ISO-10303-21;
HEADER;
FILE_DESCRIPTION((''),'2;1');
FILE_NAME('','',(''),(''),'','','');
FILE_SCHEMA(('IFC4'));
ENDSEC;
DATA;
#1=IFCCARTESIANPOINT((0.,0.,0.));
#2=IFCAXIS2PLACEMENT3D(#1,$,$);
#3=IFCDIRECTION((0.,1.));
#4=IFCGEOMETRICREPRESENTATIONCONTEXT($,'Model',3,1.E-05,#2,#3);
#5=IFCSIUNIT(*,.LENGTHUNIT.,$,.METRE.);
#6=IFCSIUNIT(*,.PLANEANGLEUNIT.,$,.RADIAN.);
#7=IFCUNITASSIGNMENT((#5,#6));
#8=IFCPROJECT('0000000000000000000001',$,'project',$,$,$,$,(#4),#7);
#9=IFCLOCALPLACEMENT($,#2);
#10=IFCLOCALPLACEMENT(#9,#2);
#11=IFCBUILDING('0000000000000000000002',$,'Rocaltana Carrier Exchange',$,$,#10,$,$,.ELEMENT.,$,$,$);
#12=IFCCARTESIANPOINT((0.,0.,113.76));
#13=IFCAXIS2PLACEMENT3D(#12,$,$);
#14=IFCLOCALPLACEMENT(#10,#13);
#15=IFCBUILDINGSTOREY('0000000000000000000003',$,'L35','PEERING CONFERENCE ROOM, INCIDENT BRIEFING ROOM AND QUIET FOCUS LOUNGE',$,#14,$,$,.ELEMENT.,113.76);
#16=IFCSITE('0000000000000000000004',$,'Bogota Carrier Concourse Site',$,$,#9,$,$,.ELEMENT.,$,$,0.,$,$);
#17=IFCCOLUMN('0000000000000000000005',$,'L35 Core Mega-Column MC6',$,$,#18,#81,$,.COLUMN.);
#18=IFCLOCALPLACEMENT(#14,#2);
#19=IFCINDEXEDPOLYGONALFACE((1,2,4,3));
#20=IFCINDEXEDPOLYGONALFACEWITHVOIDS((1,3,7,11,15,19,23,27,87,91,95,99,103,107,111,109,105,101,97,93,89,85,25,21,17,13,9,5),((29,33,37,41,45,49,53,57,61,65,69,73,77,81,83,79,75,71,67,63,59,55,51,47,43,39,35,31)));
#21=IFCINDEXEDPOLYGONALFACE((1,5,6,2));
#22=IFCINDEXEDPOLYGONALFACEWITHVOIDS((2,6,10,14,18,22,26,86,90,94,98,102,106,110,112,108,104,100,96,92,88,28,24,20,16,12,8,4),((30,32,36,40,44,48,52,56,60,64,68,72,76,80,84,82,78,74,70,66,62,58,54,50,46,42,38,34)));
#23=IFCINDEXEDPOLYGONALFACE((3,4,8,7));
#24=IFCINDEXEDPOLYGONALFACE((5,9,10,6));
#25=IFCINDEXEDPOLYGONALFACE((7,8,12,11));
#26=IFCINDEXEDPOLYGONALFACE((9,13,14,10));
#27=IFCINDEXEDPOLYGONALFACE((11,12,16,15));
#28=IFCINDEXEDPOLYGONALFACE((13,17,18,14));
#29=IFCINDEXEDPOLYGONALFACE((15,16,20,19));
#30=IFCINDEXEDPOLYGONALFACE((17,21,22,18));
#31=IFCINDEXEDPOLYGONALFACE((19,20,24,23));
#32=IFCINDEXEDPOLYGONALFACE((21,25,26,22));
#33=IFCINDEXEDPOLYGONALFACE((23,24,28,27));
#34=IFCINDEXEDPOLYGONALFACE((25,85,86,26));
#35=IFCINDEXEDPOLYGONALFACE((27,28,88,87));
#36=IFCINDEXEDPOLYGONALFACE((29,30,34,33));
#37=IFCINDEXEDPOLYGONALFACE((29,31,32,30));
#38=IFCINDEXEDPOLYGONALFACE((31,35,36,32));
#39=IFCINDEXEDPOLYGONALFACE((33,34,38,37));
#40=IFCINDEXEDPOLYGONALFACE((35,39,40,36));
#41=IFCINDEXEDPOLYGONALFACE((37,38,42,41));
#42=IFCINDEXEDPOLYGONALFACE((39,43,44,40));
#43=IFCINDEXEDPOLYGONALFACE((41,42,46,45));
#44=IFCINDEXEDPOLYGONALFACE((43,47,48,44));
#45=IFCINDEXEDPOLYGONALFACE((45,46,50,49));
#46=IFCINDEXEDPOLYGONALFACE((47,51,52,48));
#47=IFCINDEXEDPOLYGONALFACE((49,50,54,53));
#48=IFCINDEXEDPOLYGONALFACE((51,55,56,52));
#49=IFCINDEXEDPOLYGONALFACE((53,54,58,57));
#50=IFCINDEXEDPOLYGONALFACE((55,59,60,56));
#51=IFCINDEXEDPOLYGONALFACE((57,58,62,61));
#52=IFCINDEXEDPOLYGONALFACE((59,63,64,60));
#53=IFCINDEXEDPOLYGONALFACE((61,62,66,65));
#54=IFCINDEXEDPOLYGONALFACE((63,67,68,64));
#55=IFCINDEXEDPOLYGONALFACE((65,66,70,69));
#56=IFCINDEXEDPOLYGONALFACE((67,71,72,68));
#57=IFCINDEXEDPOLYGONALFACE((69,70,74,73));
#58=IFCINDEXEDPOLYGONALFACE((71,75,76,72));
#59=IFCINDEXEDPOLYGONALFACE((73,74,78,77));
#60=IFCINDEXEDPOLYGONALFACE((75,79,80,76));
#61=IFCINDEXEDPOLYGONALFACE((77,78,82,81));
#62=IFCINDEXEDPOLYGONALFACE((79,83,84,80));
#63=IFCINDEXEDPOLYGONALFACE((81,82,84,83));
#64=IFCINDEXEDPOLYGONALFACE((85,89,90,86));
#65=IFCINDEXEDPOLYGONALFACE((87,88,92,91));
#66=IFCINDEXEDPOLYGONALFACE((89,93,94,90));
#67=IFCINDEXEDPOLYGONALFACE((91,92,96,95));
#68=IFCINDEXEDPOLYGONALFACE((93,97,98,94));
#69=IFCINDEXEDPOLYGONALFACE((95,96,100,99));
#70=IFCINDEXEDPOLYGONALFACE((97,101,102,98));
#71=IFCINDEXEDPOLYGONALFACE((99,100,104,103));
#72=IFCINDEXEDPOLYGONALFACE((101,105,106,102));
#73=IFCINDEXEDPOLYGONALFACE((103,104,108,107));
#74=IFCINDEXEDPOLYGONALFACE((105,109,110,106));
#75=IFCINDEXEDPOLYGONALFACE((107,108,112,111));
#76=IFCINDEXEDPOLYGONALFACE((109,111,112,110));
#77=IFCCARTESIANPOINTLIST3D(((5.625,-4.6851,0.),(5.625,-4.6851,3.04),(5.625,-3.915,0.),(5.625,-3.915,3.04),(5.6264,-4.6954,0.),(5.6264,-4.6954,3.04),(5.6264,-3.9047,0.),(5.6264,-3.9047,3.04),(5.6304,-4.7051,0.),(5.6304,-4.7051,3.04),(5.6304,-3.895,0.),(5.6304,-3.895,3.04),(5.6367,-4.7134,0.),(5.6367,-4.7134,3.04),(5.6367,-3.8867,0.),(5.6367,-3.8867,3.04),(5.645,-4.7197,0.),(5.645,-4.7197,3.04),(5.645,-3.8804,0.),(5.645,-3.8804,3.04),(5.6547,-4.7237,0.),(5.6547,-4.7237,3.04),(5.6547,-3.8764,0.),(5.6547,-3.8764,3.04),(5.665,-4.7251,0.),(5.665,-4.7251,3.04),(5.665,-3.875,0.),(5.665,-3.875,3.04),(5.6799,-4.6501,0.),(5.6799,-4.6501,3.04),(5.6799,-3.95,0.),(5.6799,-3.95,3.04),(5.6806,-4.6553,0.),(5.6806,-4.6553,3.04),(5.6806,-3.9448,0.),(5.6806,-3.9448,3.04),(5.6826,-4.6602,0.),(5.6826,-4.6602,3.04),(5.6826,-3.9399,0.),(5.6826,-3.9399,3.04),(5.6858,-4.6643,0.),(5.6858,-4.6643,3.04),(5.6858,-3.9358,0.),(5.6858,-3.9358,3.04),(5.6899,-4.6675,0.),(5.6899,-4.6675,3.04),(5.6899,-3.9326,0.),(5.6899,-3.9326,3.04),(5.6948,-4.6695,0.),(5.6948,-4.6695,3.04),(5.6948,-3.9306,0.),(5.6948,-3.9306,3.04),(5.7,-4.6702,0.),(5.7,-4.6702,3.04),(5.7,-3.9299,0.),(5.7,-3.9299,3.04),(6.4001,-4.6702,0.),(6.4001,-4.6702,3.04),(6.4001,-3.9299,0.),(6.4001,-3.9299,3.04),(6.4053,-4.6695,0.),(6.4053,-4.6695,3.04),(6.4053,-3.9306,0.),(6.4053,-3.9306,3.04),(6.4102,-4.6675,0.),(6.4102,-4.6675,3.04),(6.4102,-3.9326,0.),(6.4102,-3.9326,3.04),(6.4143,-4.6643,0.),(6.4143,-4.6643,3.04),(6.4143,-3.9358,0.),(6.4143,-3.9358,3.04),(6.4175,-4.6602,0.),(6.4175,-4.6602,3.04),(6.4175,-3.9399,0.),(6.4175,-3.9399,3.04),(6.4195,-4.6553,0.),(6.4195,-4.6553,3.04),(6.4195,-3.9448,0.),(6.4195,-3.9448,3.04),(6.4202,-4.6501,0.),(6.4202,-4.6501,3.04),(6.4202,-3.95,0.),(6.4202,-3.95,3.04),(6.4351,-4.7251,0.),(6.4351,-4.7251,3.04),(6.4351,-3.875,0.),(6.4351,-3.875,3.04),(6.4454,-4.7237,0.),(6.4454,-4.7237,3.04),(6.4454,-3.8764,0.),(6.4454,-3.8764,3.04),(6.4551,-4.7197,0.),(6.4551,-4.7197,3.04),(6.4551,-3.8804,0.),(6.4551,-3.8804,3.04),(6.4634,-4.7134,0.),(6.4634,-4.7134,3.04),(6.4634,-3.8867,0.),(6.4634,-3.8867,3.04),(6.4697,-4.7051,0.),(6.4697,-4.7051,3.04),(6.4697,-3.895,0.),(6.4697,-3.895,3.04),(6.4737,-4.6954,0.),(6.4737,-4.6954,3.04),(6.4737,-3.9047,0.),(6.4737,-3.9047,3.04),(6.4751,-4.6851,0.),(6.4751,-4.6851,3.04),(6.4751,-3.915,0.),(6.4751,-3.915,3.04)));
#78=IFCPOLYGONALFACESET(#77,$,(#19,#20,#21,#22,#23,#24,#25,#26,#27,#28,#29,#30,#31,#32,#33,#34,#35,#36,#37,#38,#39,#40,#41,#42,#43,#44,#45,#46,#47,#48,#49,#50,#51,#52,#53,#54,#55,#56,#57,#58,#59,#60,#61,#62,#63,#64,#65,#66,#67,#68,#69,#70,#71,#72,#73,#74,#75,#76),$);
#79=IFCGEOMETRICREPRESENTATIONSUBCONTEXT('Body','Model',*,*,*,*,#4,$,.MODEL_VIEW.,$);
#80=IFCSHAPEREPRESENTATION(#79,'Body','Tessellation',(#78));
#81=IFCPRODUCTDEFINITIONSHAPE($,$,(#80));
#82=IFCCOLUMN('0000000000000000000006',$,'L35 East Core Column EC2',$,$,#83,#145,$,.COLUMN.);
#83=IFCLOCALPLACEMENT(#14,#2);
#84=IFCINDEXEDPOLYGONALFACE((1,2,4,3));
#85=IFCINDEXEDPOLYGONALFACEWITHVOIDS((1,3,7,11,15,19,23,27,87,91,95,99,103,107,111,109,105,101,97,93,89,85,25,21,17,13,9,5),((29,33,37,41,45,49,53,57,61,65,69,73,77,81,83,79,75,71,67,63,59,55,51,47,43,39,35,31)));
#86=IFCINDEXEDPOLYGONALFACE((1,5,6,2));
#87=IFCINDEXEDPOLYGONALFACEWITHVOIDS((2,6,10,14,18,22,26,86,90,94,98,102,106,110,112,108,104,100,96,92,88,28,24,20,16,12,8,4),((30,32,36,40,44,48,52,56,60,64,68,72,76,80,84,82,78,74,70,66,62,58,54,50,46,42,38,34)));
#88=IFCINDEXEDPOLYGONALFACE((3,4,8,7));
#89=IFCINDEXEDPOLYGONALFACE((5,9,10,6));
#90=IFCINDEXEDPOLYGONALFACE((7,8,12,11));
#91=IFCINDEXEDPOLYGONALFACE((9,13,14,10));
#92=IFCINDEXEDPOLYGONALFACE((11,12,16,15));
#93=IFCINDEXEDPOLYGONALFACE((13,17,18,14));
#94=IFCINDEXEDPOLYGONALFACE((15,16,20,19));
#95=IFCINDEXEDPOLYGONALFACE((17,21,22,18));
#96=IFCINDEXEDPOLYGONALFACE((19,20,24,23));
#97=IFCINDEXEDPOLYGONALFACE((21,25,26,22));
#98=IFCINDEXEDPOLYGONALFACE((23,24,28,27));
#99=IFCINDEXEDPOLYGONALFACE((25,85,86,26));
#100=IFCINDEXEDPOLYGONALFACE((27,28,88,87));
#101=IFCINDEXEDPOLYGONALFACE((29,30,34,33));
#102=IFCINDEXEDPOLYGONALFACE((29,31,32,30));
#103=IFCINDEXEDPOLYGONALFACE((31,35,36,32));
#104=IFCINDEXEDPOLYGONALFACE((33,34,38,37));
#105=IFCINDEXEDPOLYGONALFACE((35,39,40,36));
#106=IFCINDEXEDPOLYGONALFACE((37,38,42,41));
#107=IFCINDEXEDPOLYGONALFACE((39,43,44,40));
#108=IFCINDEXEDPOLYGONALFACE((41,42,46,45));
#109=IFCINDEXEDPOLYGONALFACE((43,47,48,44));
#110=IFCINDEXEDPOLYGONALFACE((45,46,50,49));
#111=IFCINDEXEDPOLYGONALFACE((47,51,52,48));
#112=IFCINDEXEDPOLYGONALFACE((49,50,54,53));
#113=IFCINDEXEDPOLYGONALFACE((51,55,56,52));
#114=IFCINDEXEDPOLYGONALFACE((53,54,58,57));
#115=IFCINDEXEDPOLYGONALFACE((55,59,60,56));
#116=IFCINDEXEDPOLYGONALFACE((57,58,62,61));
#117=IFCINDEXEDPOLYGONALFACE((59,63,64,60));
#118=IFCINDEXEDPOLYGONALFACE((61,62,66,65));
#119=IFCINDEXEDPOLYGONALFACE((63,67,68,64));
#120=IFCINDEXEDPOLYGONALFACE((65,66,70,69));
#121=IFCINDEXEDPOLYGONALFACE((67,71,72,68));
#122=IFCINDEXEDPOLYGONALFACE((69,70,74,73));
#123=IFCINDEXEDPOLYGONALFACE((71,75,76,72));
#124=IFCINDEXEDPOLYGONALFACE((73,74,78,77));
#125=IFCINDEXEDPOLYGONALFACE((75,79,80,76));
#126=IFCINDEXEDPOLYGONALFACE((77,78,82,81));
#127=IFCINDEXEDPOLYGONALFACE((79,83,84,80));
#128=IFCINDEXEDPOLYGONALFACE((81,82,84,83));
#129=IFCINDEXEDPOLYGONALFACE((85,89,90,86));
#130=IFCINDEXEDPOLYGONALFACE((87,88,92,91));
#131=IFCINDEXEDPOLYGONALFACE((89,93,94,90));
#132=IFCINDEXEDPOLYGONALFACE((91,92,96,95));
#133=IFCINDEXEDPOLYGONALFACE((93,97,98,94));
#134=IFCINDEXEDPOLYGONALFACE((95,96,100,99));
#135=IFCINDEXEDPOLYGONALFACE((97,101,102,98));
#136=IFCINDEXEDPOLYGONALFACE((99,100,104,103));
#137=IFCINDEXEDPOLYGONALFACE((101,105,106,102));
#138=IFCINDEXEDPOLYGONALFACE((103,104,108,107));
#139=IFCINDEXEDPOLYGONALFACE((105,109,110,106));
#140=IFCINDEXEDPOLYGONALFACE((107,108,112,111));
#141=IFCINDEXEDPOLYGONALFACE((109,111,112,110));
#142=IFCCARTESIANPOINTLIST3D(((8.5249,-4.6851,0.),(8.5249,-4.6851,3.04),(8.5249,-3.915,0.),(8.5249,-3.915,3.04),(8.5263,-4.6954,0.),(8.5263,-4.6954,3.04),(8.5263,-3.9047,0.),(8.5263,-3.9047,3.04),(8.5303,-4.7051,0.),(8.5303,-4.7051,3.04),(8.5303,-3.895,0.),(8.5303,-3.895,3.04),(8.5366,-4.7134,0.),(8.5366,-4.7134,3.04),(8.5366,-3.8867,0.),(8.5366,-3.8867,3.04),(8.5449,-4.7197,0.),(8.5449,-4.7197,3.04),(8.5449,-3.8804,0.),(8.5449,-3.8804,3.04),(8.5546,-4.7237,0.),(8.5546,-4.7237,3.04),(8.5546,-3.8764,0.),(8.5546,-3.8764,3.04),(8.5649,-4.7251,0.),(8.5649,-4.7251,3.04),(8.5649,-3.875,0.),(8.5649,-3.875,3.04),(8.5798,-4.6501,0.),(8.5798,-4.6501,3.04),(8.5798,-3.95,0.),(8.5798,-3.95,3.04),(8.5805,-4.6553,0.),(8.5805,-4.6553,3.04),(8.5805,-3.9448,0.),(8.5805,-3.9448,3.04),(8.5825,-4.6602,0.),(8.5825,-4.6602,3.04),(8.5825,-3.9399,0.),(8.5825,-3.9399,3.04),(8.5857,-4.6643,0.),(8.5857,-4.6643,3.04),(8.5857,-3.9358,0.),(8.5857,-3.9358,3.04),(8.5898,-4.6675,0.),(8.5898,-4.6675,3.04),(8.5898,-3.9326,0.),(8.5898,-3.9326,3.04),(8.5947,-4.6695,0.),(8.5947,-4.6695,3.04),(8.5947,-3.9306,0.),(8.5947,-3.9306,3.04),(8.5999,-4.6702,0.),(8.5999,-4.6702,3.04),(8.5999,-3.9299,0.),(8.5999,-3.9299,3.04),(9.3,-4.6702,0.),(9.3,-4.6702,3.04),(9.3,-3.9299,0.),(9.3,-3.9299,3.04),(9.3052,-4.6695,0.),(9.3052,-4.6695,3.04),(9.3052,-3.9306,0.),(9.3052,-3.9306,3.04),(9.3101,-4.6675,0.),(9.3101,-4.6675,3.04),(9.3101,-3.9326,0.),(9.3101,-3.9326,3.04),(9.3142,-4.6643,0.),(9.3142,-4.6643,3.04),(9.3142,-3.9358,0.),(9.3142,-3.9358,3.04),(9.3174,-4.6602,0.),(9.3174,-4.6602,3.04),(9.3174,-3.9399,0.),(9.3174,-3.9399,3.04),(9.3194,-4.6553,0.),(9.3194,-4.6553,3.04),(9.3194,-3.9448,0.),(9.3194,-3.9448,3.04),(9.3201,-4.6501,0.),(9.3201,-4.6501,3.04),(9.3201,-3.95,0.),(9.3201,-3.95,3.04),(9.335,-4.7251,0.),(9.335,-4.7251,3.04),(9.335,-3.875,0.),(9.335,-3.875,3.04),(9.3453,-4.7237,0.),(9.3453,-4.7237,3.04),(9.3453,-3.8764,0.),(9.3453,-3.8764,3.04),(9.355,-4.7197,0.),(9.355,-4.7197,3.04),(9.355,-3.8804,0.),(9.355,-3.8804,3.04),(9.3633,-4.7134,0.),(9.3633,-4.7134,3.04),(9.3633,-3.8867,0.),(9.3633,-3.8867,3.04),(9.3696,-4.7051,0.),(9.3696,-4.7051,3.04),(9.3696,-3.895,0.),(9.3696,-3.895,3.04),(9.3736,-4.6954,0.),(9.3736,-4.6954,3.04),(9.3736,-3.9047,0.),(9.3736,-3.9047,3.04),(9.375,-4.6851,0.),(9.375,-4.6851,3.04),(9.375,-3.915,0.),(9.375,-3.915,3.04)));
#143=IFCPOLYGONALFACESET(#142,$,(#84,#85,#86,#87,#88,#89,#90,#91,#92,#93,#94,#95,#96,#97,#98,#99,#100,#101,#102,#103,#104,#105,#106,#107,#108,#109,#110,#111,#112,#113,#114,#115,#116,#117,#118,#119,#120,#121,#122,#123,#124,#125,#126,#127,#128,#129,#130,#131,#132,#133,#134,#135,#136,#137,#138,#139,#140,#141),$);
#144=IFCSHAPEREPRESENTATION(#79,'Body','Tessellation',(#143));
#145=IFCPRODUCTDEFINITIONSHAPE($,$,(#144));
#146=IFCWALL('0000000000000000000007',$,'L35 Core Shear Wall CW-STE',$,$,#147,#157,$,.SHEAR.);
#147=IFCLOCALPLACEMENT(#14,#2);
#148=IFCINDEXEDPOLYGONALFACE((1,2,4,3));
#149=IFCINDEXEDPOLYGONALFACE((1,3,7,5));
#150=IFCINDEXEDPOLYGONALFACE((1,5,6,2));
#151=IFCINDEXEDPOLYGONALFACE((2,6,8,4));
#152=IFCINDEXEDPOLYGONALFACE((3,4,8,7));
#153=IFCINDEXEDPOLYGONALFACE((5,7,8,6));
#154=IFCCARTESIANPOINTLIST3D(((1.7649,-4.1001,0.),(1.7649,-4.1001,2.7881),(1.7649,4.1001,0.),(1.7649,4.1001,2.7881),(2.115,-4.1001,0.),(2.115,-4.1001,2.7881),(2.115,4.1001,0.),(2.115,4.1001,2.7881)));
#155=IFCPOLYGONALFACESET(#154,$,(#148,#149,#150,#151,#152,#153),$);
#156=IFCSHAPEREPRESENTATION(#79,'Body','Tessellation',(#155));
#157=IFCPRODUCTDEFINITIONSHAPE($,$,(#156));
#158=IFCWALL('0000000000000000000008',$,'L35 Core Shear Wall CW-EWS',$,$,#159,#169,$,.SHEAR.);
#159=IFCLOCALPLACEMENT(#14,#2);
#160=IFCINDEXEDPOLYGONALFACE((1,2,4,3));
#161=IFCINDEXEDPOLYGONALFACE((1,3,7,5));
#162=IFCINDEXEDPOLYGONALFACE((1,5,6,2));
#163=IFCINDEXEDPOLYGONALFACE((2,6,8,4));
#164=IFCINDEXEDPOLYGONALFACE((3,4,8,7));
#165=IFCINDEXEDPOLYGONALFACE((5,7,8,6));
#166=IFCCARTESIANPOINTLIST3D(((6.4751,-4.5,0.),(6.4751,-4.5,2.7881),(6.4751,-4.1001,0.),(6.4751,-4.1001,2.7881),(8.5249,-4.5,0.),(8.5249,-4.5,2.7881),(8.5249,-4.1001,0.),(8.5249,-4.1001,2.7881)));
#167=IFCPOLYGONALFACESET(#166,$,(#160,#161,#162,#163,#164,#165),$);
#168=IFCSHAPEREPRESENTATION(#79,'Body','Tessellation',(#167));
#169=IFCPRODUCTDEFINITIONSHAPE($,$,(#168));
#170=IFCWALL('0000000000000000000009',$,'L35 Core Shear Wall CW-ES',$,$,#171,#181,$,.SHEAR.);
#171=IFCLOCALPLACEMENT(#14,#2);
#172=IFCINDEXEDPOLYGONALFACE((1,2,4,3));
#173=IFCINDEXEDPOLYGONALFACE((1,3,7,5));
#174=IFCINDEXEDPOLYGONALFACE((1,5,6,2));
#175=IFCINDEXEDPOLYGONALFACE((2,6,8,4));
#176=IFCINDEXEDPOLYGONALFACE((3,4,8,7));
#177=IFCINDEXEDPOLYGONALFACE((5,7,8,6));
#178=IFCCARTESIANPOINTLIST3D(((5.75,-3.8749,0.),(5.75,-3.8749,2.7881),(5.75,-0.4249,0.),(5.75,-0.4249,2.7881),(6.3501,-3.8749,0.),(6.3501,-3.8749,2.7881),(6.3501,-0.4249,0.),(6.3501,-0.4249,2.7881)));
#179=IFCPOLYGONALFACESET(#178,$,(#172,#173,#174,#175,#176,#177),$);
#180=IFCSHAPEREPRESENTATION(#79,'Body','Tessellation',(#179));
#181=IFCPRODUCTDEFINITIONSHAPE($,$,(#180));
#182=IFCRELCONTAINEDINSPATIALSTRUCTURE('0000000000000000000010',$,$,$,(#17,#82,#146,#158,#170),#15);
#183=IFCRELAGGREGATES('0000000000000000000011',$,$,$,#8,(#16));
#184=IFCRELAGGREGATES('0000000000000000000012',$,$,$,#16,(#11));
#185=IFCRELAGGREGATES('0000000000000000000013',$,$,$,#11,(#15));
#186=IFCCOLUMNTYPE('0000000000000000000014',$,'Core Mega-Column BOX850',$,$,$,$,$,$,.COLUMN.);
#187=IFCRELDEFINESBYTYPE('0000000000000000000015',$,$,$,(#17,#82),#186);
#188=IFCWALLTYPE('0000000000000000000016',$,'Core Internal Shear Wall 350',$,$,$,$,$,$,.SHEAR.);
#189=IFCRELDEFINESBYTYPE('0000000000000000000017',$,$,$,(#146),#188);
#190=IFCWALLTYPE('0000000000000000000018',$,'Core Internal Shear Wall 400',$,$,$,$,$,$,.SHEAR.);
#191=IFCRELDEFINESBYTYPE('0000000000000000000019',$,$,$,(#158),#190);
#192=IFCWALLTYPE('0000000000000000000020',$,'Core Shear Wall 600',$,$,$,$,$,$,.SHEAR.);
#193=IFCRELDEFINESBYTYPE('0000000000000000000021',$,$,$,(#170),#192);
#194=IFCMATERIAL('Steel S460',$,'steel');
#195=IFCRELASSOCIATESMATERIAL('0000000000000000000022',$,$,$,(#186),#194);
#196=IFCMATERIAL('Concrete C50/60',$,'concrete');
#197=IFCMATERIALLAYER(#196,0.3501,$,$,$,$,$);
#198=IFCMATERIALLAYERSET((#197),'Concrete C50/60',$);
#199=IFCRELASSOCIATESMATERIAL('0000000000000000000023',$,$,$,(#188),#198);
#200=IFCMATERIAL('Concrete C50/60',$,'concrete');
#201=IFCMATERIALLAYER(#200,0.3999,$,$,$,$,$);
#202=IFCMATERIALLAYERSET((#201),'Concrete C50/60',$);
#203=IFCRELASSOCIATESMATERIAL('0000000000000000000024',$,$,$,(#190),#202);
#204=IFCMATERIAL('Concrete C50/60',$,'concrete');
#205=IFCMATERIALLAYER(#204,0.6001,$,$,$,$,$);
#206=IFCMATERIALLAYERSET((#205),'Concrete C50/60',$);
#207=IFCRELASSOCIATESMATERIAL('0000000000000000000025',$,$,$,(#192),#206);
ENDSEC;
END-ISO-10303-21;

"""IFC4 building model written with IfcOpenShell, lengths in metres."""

from ifc_helpers import new_model, si_unit, direction, frame, frame_2d, origin, origin_2d, place, context, subcontext, project, spatial, rectangle, hollow_rectangle, extrude, material, layer, layer_set, material_profile, profile_set, type_object, element, save


model = new_model("IFC4")

# Units and contexts
model_context = context("Model", 3, precision=1e-05, world=origin(), true_north=direction((0.0, 1.0)))
body_context = subcontext(model_context, "Body", "Model", "MODEL_VIEW")
ifc_project = project(units=[si_unit("LENGTHUNIT", "METRE"), si_unit("PLANEANGLEUNIT", "RADIAN")], contexts=[model_context])

# Site, building, storey
site_placement = place(None, origin())
site = spatial("IfcSite", under=ifc_project, at=site_placement, Name="Bogota Carrier Concourse Site", CompositionType="ELEMENT", RefElevation=0.0)
building_placement = place(site_placement, origin())
building = spatial("IfcBuilding", under=site, at=building_placement, Name="Rocaltana Carrier Exchange", CompositionType="ELEMENT")
storey_placement = place(building_placement, frame((0.0, 0.0, 113.76)))
storey = spatial("IfcBuildingStorey", under=building, at=storey_placement, Name="L35", Description="PEERING CONFERENCE ROOM, INCIDENT BRIEFING ROOM AND QUIET FOCUS LOUNGE", CompositionType="ELEMENT", Elevation=113.76)

# Columns
ifc_material_1 = material(Name="Steel S460", Category="steel")
ifc_material_profile = material_profile(ifc_material_1, hollow_rectangle(XDim=0.8501, YDim=0.8501, WallThickness=0.0549, InnerFilletRadius=0.02, OuterFilletRadius=0.04, at=origin_2d()), Name="BOX850X850X55")
ifc_profile_set = profile_set([ifc_material_profile], Name="Steel S460")
column_type = type_object("IfcColumnType", Name="Core Mega-Column BOX850", PredefinedType="COLUMN", material=ifc_profile_set)
for number, where, z_axis, x_axis, name in (
    (1, (6.05, -4.3, 0.0), (0.0, 0.0, 1.0), (1.0, 0.0, 0.0), "L35 Core Mega-Column MC6"),
    (2, (8.95, -4.3, 0.0), (0.0, 0.0, 1.0), (1.0, 0.0, 0.0), "L35 East Core Column EC2"),
):
    element("IfcColumn", number, at=place(storey_placement, frame(where, z_axis=z_axis, x_axis=x_axis)), inside=storey, type_object=column_type, Name=name, PredefinedType="COLUMN", context=body_context, shape_type="SweptSolid", body=[
        extrude(hollow_rectangle(XDim=0.8501, YDim=0.8501, WallThickness=0.0549, InnerFilletRadius=0.02, OuterFilletRadius=0.04, at=origin_2d()), origin(), (0.0, 0.0, 1.0), 3.04),
    ])

# Walls
ifc_material_2 = material(Name="Concrete C50/60", Category="concrete")
ifc_layer_1 = layer(ifc_material_2, 0.3501)
ifc_layer_set_1 = layer_set([ifc_layer_1], Name="Concrete C50/60")
wall_type_1 = type_object("IfcWallType", Name="Core Internal Shear Wall 350", PredefinedType="SHEAR", material=ifc_layer_set_1)
wall_1_placement = place(storey_placement, frame((1.9399, -4.1001, 0.0), z_axis=(0.0, 0.0, 1.0), x_axis=(0.0, 1.0, 0.0)))
element("IfcWall", 3, at=wall_1_placement, inside=storey, type_object=wall_type_1, Name="L35 Core Shear Wall CW-STE", PredefinedType="SHEAR", context=body_context, shape_type="SweptSolid", body=[
    extrude(rectangle(XDim=8.2002, YDim=0.3501, at=frame_2d((4.1001, 0.0))), origin(), (0.0, 0.0, 1.0), 2.7881),
])
ifc_material_3 = material(Name="Concrete C50/60", Category="concrete")
ifc_layer_2 = layer(ifc_material_3, 0.3999)
ifc_layer_set_2 = layer_set([ifc_layer_2], Name="Concrete C50/60")
wall_type_2 = type_object("IfcWallType", Name="Core Internal Shear Wall 400", PredefinedType="SHEAR", material=ifc_layer_set_2)
wall_2_placement = place(storey_placement, frame((6.4751, -4.3, 0.0), z_axis=(0.0, 0.0, 1.0), x_axis=(1.0, 0.0, 0.0)))
element("IfcWall", 4, at=wall_2_placement, inside=storey, type_object=wall_type_2, Name="L35 Core Shear Wall CW-EWS", PredefinedType="SHEAR", context=body_context, shape_type="SweptSolid", body=[
    extrude(rectangle(XDim=2.0498, YDim=0.3999, at=frame_2d((1.0249, 0.0))), origin(), (0.0, 0.0, 1.0), 2.7881),
])
ifc_material_4 = material(Name="Concrete C50/60", Category="concrete")
ifc_layer_3 = layer(ifc_material_4, 0.6001)
ifc_layer_set_3 = layer_set([ifc_layer_3], Name="Concrete C50/60")
wall_type_3 = type_object("IfcWallType", Name="Core Shear Wall 600", PredefinedType="SHEAR", material=ifc_layer_set_3)
wall_3_placement = place(storey_placement, frame((6.05, -3.875, 0.0), z_axis=(0.0, 0.0, 1.0), x_axis=(0.0, 1.0, 0.0)))
element("IfcWall", 5, at=wall_3_placement, inside=storey, type_object=wall_type_3, Name="L35 Core Shear Wall CW-ES", PredefinedType="SHEAR", context=body_context, shape_type="SweptSolid", body=[
    extrude(rectangle(XDim=3.45, YDim=0.6001, at=frame_2d((1.7251, 0.0))), origin(), (0.0, 0.0, 1.0), 2.7881),
])

save(model, "model.ifc")
